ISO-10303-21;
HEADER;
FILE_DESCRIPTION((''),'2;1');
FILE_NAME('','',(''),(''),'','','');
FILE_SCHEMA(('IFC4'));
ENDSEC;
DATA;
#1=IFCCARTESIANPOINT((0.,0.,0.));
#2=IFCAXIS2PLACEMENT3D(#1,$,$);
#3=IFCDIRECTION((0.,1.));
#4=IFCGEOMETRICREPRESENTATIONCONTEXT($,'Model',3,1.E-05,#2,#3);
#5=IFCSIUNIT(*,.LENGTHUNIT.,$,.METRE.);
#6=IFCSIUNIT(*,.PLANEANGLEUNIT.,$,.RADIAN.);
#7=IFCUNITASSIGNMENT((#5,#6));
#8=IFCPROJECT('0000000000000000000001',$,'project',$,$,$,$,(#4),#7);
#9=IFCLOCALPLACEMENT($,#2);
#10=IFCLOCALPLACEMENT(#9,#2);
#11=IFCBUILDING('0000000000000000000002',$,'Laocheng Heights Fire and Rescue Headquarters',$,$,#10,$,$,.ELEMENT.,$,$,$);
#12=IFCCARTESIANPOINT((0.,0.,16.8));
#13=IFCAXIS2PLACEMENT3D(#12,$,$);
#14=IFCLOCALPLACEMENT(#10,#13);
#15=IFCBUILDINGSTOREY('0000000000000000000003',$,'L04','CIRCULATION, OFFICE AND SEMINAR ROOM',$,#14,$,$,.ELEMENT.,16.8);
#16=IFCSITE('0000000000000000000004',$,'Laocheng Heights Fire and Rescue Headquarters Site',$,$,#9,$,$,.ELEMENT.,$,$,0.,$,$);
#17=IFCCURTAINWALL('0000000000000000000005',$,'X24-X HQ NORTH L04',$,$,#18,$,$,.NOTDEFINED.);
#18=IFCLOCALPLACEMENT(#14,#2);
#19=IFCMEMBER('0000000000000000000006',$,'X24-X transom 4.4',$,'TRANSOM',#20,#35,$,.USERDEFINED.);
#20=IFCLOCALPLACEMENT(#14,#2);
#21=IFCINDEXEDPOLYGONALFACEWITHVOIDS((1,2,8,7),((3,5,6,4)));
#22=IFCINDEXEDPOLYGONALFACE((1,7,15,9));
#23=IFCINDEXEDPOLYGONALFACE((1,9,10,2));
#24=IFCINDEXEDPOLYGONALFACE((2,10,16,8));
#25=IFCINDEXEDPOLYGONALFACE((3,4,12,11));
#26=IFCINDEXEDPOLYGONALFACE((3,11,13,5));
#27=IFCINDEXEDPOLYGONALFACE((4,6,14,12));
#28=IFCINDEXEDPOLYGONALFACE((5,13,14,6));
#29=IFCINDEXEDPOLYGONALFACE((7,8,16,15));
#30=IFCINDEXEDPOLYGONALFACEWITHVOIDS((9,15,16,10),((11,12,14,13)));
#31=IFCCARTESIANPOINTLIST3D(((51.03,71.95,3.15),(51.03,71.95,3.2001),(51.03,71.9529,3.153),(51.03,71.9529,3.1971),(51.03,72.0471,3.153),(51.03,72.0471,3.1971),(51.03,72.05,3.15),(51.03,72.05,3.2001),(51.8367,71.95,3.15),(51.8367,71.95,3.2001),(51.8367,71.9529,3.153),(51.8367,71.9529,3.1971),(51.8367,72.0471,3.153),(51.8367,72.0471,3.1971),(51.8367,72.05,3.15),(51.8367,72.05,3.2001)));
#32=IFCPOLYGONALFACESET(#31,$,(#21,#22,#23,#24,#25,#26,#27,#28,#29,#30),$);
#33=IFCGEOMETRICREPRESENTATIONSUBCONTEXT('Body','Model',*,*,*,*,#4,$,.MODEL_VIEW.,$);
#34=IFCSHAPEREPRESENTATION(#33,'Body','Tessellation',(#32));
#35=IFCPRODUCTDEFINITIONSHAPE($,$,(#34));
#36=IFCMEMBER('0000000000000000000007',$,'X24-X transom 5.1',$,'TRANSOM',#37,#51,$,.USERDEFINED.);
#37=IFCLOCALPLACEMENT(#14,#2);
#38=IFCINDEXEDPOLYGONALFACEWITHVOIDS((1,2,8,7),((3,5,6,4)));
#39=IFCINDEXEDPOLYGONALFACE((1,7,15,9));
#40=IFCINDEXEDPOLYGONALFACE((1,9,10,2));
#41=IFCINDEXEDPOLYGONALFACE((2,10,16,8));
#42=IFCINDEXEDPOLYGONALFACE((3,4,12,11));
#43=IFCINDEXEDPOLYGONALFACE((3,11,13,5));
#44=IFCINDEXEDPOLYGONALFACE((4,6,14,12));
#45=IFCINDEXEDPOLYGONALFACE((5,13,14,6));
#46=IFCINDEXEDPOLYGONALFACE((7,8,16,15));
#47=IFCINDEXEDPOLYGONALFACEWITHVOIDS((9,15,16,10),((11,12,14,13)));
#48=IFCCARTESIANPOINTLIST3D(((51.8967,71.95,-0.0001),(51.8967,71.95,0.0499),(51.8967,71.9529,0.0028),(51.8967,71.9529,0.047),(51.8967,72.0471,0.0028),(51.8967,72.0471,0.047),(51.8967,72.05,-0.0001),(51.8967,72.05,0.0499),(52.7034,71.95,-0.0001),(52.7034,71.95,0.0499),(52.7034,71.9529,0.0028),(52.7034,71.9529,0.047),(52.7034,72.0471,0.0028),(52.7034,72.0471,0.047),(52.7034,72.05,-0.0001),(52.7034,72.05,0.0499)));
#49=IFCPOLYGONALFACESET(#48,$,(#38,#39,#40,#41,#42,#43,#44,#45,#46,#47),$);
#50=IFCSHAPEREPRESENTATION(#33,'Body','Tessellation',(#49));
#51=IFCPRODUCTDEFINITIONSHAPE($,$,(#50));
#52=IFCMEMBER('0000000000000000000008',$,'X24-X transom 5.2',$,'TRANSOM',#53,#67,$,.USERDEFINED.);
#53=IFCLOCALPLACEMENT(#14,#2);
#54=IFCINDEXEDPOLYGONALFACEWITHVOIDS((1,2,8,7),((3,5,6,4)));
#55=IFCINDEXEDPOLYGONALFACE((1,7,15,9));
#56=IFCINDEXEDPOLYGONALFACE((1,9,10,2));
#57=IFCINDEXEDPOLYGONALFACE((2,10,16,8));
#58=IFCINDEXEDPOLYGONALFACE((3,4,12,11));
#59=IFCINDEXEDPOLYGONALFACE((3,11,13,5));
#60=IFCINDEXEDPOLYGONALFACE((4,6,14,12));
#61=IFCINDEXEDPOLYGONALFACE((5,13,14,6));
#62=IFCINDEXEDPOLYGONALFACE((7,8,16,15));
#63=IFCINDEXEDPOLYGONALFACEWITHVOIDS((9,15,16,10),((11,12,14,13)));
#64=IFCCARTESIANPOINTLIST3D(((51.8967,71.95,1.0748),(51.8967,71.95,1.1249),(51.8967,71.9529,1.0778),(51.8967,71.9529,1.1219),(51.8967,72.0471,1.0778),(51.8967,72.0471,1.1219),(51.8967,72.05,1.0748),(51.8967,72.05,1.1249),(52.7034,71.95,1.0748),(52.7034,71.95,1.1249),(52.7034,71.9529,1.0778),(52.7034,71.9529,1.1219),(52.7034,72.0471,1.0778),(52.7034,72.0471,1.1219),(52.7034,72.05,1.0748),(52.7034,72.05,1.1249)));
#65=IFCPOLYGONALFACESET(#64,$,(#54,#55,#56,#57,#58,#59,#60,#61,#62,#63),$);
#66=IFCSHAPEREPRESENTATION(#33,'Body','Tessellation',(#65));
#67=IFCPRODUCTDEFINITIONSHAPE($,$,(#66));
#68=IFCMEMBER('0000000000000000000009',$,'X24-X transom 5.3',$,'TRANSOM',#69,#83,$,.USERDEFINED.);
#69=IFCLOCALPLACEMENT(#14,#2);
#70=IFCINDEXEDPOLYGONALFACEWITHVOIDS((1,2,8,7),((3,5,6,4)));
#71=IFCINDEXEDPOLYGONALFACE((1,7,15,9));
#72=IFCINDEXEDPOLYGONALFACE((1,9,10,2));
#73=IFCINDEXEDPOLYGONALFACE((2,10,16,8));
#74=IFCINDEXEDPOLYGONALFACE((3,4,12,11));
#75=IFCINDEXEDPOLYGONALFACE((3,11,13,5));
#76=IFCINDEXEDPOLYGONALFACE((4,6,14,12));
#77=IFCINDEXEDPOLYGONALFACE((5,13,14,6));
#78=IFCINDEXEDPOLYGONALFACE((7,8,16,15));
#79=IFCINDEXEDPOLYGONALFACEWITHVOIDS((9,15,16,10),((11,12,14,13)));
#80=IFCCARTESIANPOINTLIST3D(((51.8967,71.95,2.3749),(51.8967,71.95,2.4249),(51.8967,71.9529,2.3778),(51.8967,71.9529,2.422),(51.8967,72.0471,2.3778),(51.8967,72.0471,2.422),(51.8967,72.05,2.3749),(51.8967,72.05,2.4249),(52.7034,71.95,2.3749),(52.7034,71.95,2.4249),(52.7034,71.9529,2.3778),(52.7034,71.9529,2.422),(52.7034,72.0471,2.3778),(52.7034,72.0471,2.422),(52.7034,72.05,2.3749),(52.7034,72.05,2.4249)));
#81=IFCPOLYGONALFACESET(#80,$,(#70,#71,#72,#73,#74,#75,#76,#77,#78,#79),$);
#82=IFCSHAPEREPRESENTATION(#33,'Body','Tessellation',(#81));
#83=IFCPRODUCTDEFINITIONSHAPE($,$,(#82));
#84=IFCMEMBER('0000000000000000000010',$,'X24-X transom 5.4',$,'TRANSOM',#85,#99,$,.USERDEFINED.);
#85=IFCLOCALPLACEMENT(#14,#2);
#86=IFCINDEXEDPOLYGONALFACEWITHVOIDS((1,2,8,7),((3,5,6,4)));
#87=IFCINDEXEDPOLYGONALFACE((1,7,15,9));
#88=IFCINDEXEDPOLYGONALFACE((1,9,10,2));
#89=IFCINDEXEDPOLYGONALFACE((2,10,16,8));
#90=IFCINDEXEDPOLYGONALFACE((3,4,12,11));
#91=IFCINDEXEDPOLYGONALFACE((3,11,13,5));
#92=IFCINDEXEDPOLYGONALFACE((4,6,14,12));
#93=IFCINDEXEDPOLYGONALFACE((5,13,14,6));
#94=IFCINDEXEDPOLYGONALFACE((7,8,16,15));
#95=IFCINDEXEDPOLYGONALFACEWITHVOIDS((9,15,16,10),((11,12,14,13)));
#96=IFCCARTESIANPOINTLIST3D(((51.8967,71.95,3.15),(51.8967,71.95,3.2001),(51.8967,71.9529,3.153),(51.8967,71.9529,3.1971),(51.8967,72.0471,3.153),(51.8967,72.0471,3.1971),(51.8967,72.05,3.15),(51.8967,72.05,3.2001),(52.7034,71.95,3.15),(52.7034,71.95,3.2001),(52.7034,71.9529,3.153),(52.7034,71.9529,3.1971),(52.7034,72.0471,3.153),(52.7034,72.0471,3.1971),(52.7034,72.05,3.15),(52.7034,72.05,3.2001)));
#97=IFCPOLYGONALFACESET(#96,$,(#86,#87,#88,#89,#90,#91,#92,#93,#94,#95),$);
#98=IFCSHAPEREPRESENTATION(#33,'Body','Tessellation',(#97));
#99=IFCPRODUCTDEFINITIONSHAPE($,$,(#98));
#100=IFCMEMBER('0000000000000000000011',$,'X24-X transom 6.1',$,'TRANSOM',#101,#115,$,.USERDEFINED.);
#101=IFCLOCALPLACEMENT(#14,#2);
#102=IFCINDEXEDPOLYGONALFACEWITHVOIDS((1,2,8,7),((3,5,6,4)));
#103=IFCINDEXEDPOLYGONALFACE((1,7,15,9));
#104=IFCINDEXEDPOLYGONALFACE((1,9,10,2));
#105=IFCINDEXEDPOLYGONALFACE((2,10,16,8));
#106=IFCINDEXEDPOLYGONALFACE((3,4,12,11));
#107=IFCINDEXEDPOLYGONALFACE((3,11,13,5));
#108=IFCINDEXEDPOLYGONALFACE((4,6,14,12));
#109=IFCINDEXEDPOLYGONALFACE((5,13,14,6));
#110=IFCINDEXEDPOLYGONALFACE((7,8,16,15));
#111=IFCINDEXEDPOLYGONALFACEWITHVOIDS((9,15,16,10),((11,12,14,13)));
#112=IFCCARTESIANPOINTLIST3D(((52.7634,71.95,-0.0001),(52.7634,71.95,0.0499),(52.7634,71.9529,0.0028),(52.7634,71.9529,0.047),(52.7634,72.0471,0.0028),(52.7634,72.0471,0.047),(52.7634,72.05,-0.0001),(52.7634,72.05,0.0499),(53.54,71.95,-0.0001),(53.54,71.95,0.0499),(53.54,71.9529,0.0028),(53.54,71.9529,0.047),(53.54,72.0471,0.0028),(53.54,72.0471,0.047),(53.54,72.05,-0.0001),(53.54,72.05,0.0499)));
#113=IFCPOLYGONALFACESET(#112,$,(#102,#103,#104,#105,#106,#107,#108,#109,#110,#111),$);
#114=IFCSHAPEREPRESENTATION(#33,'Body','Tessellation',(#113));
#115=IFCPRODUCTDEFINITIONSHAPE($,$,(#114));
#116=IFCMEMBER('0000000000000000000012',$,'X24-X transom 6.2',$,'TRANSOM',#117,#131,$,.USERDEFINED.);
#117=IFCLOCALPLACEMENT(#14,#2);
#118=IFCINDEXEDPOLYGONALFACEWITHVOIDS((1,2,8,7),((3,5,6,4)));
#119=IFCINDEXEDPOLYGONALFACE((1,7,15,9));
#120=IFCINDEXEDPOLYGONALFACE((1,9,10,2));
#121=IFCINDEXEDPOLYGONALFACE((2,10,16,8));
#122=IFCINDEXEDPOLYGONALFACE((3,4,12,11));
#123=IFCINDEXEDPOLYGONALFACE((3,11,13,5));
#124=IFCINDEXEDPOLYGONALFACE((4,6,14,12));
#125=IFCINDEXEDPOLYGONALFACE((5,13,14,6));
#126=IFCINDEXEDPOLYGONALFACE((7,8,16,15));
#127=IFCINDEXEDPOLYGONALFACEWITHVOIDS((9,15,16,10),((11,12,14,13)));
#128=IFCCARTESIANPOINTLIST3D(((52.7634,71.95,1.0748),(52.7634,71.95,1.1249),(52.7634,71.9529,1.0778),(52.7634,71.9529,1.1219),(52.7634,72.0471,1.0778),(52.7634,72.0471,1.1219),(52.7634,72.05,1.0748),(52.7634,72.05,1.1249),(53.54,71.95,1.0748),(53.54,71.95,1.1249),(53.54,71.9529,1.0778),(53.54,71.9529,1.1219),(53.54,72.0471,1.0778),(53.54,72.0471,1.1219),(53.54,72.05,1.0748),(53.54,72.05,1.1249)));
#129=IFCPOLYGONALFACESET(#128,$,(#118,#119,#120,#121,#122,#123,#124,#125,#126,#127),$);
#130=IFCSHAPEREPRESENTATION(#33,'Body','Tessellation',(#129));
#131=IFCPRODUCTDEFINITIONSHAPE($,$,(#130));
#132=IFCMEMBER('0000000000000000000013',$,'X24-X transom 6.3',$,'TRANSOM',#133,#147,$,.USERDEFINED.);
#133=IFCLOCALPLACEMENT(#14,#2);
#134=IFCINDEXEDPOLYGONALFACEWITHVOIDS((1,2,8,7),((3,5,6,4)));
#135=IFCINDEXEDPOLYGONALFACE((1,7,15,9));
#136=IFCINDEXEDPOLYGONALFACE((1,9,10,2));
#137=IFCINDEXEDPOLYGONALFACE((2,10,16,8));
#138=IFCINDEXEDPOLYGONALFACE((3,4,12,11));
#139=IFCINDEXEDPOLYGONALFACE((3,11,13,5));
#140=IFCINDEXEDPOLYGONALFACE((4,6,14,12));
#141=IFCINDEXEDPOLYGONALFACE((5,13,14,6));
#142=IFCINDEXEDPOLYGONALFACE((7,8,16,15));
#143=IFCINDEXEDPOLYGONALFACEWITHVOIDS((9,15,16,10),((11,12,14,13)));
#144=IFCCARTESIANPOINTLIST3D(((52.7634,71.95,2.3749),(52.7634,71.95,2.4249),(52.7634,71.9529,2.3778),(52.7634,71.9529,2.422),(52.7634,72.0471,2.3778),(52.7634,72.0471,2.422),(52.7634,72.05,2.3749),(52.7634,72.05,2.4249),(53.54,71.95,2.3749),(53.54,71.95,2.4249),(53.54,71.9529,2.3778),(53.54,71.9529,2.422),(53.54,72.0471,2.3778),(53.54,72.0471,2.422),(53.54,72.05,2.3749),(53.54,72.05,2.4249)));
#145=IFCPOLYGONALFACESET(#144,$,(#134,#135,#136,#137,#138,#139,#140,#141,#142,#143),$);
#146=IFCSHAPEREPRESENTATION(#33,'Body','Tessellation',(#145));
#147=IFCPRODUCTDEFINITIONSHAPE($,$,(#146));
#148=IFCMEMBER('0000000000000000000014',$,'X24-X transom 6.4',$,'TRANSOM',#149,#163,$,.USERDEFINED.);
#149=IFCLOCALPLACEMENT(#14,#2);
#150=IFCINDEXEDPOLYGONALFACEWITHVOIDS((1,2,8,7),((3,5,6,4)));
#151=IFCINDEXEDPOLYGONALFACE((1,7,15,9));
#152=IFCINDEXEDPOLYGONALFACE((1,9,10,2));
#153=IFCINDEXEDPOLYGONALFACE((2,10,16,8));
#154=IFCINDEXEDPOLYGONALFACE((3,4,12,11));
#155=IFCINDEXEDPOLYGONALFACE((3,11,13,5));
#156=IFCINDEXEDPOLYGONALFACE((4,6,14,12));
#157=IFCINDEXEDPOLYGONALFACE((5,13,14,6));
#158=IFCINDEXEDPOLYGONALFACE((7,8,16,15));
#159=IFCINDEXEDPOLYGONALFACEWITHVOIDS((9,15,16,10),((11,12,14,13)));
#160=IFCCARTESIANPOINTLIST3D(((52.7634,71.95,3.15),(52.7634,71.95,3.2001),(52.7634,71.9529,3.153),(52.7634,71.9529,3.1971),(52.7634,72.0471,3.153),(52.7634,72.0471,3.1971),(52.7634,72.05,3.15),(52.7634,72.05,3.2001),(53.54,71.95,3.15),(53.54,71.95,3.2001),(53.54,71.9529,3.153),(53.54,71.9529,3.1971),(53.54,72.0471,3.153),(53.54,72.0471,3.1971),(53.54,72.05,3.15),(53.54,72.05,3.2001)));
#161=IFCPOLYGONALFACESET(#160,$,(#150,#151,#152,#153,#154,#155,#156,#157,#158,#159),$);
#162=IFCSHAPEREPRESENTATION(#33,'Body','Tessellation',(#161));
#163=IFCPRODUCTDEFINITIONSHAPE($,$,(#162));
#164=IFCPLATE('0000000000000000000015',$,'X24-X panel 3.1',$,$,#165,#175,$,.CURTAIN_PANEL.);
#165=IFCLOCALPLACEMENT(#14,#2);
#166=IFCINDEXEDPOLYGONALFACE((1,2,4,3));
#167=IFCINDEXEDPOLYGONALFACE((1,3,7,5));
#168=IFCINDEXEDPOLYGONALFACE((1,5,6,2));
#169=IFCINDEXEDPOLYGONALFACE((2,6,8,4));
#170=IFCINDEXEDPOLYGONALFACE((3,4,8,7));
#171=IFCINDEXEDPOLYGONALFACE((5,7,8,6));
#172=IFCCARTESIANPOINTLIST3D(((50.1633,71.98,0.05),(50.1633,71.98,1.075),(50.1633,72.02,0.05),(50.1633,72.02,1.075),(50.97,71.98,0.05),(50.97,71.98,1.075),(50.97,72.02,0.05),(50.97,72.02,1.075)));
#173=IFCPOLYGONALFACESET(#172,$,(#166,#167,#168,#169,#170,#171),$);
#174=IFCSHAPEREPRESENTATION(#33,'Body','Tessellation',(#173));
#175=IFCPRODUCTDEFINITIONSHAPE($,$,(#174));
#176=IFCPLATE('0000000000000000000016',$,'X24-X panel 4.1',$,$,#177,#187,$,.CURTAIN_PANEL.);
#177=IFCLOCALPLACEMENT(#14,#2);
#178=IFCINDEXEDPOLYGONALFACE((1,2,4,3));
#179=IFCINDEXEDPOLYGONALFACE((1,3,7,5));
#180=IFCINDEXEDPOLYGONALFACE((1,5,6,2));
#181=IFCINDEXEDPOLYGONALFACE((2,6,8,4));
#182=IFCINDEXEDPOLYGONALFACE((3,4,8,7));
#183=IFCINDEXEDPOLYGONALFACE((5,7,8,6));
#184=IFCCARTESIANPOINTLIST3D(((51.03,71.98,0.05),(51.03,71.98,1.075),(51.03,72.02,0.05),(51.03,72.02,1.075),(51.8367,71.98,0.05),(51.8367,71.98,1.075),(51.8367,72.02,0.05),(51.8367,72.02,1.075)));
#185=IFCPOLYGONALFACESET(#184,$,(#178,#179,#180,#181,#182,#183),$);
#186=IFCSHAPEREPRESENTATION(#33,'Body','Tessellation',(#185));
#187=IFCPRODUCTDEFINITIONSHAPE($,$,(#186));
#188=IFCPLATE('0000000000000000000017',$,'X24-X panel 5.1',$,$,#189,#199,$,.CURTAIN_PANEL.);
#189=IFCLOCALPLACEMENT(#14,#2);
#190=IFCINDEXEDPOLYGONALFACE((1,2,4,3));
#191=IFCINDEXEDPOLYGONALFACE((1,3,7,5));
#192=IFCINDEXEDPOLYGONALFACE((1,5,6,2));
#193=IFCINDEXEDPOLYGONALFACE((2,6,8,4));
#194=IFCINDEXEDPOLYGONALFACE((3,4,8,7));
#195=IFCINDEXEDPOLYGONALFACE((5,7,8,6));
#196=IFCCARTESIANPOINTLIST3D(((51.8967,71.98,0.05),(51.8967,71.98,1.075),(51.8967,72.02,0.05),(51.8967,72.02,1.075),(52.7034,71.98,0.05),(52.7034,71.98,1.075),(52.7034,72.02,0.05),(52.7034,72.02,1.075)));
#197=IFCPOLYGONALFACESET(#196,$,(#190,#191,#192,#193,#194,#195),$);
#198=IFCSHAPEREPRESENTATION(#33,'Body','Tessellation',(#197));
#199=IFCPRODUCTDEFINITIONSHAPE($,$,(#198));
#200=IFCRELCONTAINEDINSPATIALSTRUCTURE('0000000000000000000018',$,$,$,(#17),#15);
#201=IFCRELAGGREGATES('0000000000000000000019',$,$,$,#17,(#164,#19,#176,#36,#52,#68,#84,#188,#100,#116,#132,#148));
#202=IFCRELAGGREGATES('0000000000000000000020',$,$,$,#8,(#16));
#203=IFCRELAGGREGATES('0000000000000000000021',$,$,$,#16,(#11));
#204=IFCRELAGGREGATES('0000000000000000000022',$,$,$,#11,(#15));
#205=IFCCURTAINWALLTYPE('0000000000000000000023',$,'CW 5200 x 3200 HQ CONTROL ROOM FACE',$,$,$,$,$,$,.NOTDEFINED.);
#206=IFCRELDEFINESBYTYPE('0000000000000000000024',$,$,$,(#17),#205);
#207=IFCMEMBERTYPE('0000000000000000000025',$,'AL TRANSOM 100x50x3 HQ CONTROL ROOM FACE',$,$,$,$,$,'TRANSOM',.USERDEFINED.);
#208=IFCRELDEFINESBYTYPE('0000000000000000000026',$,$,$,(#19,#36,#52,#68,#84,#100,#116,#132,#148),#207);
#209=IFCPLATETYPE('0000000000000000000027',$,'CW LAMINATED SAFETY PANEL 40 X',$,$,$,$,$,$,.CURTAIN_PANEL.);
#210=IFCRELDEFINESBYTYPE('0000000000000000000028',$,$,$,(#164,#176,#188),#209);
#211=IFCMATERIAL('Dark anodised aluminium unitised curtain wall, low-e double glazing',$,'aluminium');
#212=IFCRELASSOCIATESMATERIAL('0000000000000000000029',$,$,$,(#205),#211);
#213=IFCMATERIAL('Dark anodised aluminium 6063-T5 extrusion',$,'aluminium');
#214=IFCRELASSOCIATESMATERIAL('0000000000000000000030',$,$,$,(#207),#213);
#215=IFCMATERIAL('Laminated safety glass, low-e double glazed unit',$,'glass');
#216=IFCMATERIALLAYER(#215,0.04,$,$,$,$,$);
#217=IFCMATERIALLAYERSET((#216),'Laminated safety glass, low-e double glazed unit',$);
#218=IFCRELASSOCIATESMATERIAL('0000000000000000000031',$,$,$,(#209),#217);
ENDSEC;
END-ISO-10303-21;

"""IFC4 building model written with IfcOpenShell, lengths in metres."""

from ifc_helpers import new_model, si_unit, direction, frame, origin, origin_2d, place, context, subcontext, project, spatial, rectangle, hollow_rectangle, extrude, material, layer, layer_set, material_profile, profile_set, type_object, element, aggregate, save


model = new_model("IFC4")

# Units and contexts
model_context = context("Model", 3, precision=1e-05, world=origin(), true_north=direction((0.0, 1.0)))
body_context = subcontext(model_context, "Body", "Model", "MODEL_VIEW")
ifc_project = project(units=[si_unit("LENGTHUNIT", "METRE"), si_unit("PLANEANGLEUNIT", "RADIAN")], contexts=[model_context])

# Site, building, storey
site_placement = place(None, origin())
site = spatial("IfcSite", under=ifc_project, at=site_placement, Name="Laocheng Heights Fire and Rescue Headquarters Site", CompositionType="ELEMENT", RefElevation=0.0)
building_placement = place(site_placement, origin())
building = spatial("IfcBuilding", under=site, at=building_placement, Name="Laocheng Heights Fire and Rescue Headquarters", CompositionType="ELEMENT")
storey_placement = place(building_placement, frame((0.0, 0.0, 16.8)))
storey = spatial("IfcBuildingStorey", under=building, at=storey_placement, Name="L04", Description="CIRCULATION, OFFICE AND SEMINAR ROOM", CompositionType="ELEMENT", Elevation=16.8)

# Curtain wall, members, plates
ifc_material_1 = material(Name="Dark anodised aluminium unitised curtain wall, low-e double glazing", Category="aluminium")
curtain_wall_type = type_object("IfcCurtainWallType", Name="CW 5200 x 3200 HQ CONTROL ROOM FACE", PredefinedType="NOTDEFINED", material=ifc_material_1)
curtain_wall_placement = place(storey_placement, origin())
curtain_wall = element("IfcCurtainWall", 1, at=curtain_wall_placement, inside=storey, type_object=curtain_wall_type, Name="X24-X HQ NORTH L04", PredefinedType="NOTDEFINED")
ifc_material_2 = material(Name="Dark anodised aluminium 6063-T5 extrusion", Category="aluminium")
ifc_material_profile_1 = material_profile(ifc_material_2, hollow_rectangle(XDim=0.1001, YDim=0.05, WallThickness=0.0029, at=origin_2d()), Name="AL TRANSOM 100x50x3 HQ CONTROL ROOM FACE")
ifc_profile_set_1 = profile_set([ifc_material_profile_1], Name="Dark anodised aluminium 6063-T5 extrusion")
member_type_1 = type_object("IfcMemberType", Name="AL TRANSOM 100x50x3 HQ CONTROL ROOM FACE", ElementType="TRANSOM", PredefinedType="USERDEFINED", material=ifc_profile_set_1)
member_1_placement = place(storey_placement, frame((51.03, 72.0, 3.175), z_axis=(1.0, 0.0, 0.0), x_axis=(0.0, 1.0, 0.0)))
member_1 = element("IfcMember", 2, at=member_1_placement, type_object=member_type_1, Name="X24-X transom 4.4", ObjectType="TRANSOM", PredefinedType="USERDEFINED", context=body_context, shape_type="SweptSolid", body=[
    extrude(hollow_rectangle(XDim=0.1001, YDim=0.05, WallThickness=0.0029, at=origin_2d()), origin(), (0.0, 0.0, 1.0), 0.8066),
])
member_2_placement = place(storey_placement, frame((51.8967, 72.0, 0.0249), z_axis=(1.0, 0.0, 0.0), x_axis=(0.0, 1.0, 0.0)))
member_2 = element("IfcMember", 3, at=member_2_placement, type_object=member_type_1, Name="X24-X transom 5.1", ObjectType="TRANSOM", PredefinedType="USERDEFINED", context=body_context, shape_type="SweptSolid", body=[
    extrude(hollow_rectangle(XDim=0.1001, YDim=0.05, WallThickness=0.0029, at=origin_2d()), origin(), (0.0, 0.0, 1.0), 0.8066),
])
member_3_placement = place(storey_placement, frame((51.8967, 72.0, 1.0999), z_axis=(1.0, 0.0, 0.0), x_axis=(0.0, 1.0, 0.0)))
member_3 = element("IfcMember", 4, at=member_3_placement, type_object=member_type_1, Name="X24-X transom 5.2", ObjectType="TRANSOM", PredefinedType="USERDEFINED", context=body_context, shape_type="SweptSolid", body=[
    extrude(hollow_rectangle(XDim=0.1001, YDim=0.05, WallThickness=0.0029, at=origin_2d()), origin(), (0.0, 0.0, 1.0), 0.8066),
])
member_4_placement = place(storey_placement, frame((51.8967, 72.0, 2.3999), z_axis=(1.0, 0.0, 0.0), x_axis=(0.0, 1.0, 0.0)))
member_4 = element("IfcMember", 5, at=member_4_placement, type_object=member_type_1, Name="X24-X transom 5.3", ObjectType="TRANSOM", PredefinedType="USERDEFINED", context=body_context, shape_type="SweptSolid", body=[
    extrude(hollow_rectangle(XDim=0.1001, YDim=0.05, WallThickness=0.0029, at=origin_2d()), origin(), (0.0, 0.0, 1.0), 0.8066),
])
member_5_placement = place(storey_placement, frame((51.8967, 72.0, 3.175), z_axis=(1.0, 0.0, 0.0), x_axis=(0.0, 1.0, 0.0)))
member_5 = element("IfcMember", 6, at=member_5_placement, type_object=member_type_1, Name="X24-X transom 5.4", ObjectType="TRANSOM", PredefinedType="USERDEFINED", context=body_context, shape_type="SweptSolid", body=[
    extrude(hollow_rectangle(XDim=0.1001, YDim=0.05, WallThickness=0.0029, at=origin_2d()), origin(), (0.0, 0.0, 1.0), 0.8066),
])
member_6_placement = place(storey_placement, frame((52.7634, 72.0, 0.0249), z_axis=(1.0, 0.0, 0.0), x_axis=(0.0, 1.0, 0.0)))
member_6 = element("IfcMember", 7, at=member_6_placement, type_object=member_type_1, Name="X24-X transom 6.1", ObjectType="TRANSOM", PredefinedType="USERDEFINED", context=body_context, shape_type="SweptSolid", body=[
    extrude(hollow_rectangle(XDim=0.1001, YDim=0.05, WallThickness=0.0029, at=origin_2d()), origin(), (0.0, 0.0, 1.0), 0.7766),
])
member_7_placement = place(storey_placement, frame((52.7634, 72.0, 1.0999), z_axis=(1.0, 0.0, 0.0), x_axis=(0.0, 1.0, 0.0)))
member_7 = element("IfcMember", 8, at=member_7_placement, type_object=member_type_1, Name="X24-X transom 6.2", ObjectType="TRANSOM", PredefinedType="USERDEFINED", context=body_context, shape_type="SweptSolid", body=[
    extrude(hollow_rectangle(XDim=0.1001, YDim=0.05, WallThickness=0.0029, at=origin_2d()), origin(), (0.0, 0.0, 1.0), 0.7766),
])
member_8_placement = place(storey_placement, frame((52.7634, 72.0, 2.3999), z_axis=(1.0, 0.0, 0.0), x_axis=(0.0, 1.0, 0.0)))
member_8 = element("IfcMember", 9, at=member_8_placement, type_object=member_type_1, Name="X24-X transom 6.3", ObjectType="TRANSOM", PredefinedType="USERDEFINED", context=body_context, shape_type="SweptSolid", body=[
    extrude(hollow_rectangle(XDim=0.1001, YDim=0.05, WallThickness=0.0029, at=origin_2d()), origin(), (0.0, 0.0, 1.0), 0.7766),
])
member_9_placement = place(storey_placement, frame((52.7634, 72.0, 3.175), z_axis=(1.0, 0.0, 0.0), x_axis=(0.0, 1.0, 0.0)))
member_9 = element("IfcMember", 10, at=member_9_placement, type_object=member_type_1, Name="X24-X transom 6.4", ObjectType="TRANSOM", PredefinedType="USERDEFINED", context=body_context, shape_type="SweptSolid", body=[
    extrude(hollow_rectangle(XDim=0.1001, YDim=0.05, WallThickness=0.0029, at=origin_2d()), origin(), (0.0, 0.0, 1.0), 0.7766),
])
ifc_material_3 = material(Name="Laminated safety glass, low-e double glazed unit", Category="glass")
ifc_layer_1 = layer(ifc_material_3, 0.04)
ifc_layer_set_1 = layer_set([ifc_layer_1], Name="Laminated safety glass, low-e double glazed unit")
plate_type_1 = type_object("IfcPlateType", Name="CW LAMINATED SAFETY PANEL 40 X", PredefinedType="CURTAIN_PANEL", material=ifc_layer_set_1)
plate_1_placement = place(storey_placement, frame((50.5667, 72.0, 0.05), z_axis=(0.0, 0.0, 1.0), x_axis=(1.0, 0.0, 0.0)))
plate_1 = element("IfcPlate", 11, at=plate_1_placement, type_object=plate_type_1, Name="X24-X panel 3.1", PredefinedType="CURTAIN_PANEL", context=body_context, shape_type="SweptSolid", body=[
    extrude(rectangle(XDim=0.8066, YDim=0.04, at=origin_2d()), origin(), (0.0, 0.0, 1.0), 1.0249),
])
plate_2_placement = place(storey_placement, frame((51.4333, 72.0, 0.05), z_axis=(0.0, 0.0, 1.0), x_axis=(1.0, 0.0, 0.0)))
plate_2 = element("IfcPlate", 12, at=plate_2_placement, type_object=plate_type_1, Name="X24-X panel 4.1", PredefinedType="CURTAIN_PANEL", context=body_context, shape_type="SweptSolid", body=[
    extrude(rectangle(XDim=0.8066, YDim=0.04, at=origin_2d()), origin(), (0.0, 0.0, 1.0), 1.0249),
])
plate_3_placement = place(storey_placement, frame((52.3, 72.0, 0.05), z_axis=(0.0, 0.0, 1.0), x_axis=(1.0, 0.0, 0.0)))
plate_3 = element("IfcPlate", 13, at=plate_3_placement, type_object=plate_type_1, Name="X24-X panel 5.1", PredefinedType="CURTAIN_PANEL", context=body_context, shape_type="SweptSolid", body=[
    extrude(rectangle(XDim=0.8066, YDim=0.04, at=origin_2d()), origin(), (0.0, 0.0, 1.0), 1.0249),
])
aggregate(curtain_wall, [plate_1, member_1, plate_2, member_2, member_3, member_4, member_5, plate_3, member_6, member_7, member_8, member_9])

save(model, "model.ifc")
